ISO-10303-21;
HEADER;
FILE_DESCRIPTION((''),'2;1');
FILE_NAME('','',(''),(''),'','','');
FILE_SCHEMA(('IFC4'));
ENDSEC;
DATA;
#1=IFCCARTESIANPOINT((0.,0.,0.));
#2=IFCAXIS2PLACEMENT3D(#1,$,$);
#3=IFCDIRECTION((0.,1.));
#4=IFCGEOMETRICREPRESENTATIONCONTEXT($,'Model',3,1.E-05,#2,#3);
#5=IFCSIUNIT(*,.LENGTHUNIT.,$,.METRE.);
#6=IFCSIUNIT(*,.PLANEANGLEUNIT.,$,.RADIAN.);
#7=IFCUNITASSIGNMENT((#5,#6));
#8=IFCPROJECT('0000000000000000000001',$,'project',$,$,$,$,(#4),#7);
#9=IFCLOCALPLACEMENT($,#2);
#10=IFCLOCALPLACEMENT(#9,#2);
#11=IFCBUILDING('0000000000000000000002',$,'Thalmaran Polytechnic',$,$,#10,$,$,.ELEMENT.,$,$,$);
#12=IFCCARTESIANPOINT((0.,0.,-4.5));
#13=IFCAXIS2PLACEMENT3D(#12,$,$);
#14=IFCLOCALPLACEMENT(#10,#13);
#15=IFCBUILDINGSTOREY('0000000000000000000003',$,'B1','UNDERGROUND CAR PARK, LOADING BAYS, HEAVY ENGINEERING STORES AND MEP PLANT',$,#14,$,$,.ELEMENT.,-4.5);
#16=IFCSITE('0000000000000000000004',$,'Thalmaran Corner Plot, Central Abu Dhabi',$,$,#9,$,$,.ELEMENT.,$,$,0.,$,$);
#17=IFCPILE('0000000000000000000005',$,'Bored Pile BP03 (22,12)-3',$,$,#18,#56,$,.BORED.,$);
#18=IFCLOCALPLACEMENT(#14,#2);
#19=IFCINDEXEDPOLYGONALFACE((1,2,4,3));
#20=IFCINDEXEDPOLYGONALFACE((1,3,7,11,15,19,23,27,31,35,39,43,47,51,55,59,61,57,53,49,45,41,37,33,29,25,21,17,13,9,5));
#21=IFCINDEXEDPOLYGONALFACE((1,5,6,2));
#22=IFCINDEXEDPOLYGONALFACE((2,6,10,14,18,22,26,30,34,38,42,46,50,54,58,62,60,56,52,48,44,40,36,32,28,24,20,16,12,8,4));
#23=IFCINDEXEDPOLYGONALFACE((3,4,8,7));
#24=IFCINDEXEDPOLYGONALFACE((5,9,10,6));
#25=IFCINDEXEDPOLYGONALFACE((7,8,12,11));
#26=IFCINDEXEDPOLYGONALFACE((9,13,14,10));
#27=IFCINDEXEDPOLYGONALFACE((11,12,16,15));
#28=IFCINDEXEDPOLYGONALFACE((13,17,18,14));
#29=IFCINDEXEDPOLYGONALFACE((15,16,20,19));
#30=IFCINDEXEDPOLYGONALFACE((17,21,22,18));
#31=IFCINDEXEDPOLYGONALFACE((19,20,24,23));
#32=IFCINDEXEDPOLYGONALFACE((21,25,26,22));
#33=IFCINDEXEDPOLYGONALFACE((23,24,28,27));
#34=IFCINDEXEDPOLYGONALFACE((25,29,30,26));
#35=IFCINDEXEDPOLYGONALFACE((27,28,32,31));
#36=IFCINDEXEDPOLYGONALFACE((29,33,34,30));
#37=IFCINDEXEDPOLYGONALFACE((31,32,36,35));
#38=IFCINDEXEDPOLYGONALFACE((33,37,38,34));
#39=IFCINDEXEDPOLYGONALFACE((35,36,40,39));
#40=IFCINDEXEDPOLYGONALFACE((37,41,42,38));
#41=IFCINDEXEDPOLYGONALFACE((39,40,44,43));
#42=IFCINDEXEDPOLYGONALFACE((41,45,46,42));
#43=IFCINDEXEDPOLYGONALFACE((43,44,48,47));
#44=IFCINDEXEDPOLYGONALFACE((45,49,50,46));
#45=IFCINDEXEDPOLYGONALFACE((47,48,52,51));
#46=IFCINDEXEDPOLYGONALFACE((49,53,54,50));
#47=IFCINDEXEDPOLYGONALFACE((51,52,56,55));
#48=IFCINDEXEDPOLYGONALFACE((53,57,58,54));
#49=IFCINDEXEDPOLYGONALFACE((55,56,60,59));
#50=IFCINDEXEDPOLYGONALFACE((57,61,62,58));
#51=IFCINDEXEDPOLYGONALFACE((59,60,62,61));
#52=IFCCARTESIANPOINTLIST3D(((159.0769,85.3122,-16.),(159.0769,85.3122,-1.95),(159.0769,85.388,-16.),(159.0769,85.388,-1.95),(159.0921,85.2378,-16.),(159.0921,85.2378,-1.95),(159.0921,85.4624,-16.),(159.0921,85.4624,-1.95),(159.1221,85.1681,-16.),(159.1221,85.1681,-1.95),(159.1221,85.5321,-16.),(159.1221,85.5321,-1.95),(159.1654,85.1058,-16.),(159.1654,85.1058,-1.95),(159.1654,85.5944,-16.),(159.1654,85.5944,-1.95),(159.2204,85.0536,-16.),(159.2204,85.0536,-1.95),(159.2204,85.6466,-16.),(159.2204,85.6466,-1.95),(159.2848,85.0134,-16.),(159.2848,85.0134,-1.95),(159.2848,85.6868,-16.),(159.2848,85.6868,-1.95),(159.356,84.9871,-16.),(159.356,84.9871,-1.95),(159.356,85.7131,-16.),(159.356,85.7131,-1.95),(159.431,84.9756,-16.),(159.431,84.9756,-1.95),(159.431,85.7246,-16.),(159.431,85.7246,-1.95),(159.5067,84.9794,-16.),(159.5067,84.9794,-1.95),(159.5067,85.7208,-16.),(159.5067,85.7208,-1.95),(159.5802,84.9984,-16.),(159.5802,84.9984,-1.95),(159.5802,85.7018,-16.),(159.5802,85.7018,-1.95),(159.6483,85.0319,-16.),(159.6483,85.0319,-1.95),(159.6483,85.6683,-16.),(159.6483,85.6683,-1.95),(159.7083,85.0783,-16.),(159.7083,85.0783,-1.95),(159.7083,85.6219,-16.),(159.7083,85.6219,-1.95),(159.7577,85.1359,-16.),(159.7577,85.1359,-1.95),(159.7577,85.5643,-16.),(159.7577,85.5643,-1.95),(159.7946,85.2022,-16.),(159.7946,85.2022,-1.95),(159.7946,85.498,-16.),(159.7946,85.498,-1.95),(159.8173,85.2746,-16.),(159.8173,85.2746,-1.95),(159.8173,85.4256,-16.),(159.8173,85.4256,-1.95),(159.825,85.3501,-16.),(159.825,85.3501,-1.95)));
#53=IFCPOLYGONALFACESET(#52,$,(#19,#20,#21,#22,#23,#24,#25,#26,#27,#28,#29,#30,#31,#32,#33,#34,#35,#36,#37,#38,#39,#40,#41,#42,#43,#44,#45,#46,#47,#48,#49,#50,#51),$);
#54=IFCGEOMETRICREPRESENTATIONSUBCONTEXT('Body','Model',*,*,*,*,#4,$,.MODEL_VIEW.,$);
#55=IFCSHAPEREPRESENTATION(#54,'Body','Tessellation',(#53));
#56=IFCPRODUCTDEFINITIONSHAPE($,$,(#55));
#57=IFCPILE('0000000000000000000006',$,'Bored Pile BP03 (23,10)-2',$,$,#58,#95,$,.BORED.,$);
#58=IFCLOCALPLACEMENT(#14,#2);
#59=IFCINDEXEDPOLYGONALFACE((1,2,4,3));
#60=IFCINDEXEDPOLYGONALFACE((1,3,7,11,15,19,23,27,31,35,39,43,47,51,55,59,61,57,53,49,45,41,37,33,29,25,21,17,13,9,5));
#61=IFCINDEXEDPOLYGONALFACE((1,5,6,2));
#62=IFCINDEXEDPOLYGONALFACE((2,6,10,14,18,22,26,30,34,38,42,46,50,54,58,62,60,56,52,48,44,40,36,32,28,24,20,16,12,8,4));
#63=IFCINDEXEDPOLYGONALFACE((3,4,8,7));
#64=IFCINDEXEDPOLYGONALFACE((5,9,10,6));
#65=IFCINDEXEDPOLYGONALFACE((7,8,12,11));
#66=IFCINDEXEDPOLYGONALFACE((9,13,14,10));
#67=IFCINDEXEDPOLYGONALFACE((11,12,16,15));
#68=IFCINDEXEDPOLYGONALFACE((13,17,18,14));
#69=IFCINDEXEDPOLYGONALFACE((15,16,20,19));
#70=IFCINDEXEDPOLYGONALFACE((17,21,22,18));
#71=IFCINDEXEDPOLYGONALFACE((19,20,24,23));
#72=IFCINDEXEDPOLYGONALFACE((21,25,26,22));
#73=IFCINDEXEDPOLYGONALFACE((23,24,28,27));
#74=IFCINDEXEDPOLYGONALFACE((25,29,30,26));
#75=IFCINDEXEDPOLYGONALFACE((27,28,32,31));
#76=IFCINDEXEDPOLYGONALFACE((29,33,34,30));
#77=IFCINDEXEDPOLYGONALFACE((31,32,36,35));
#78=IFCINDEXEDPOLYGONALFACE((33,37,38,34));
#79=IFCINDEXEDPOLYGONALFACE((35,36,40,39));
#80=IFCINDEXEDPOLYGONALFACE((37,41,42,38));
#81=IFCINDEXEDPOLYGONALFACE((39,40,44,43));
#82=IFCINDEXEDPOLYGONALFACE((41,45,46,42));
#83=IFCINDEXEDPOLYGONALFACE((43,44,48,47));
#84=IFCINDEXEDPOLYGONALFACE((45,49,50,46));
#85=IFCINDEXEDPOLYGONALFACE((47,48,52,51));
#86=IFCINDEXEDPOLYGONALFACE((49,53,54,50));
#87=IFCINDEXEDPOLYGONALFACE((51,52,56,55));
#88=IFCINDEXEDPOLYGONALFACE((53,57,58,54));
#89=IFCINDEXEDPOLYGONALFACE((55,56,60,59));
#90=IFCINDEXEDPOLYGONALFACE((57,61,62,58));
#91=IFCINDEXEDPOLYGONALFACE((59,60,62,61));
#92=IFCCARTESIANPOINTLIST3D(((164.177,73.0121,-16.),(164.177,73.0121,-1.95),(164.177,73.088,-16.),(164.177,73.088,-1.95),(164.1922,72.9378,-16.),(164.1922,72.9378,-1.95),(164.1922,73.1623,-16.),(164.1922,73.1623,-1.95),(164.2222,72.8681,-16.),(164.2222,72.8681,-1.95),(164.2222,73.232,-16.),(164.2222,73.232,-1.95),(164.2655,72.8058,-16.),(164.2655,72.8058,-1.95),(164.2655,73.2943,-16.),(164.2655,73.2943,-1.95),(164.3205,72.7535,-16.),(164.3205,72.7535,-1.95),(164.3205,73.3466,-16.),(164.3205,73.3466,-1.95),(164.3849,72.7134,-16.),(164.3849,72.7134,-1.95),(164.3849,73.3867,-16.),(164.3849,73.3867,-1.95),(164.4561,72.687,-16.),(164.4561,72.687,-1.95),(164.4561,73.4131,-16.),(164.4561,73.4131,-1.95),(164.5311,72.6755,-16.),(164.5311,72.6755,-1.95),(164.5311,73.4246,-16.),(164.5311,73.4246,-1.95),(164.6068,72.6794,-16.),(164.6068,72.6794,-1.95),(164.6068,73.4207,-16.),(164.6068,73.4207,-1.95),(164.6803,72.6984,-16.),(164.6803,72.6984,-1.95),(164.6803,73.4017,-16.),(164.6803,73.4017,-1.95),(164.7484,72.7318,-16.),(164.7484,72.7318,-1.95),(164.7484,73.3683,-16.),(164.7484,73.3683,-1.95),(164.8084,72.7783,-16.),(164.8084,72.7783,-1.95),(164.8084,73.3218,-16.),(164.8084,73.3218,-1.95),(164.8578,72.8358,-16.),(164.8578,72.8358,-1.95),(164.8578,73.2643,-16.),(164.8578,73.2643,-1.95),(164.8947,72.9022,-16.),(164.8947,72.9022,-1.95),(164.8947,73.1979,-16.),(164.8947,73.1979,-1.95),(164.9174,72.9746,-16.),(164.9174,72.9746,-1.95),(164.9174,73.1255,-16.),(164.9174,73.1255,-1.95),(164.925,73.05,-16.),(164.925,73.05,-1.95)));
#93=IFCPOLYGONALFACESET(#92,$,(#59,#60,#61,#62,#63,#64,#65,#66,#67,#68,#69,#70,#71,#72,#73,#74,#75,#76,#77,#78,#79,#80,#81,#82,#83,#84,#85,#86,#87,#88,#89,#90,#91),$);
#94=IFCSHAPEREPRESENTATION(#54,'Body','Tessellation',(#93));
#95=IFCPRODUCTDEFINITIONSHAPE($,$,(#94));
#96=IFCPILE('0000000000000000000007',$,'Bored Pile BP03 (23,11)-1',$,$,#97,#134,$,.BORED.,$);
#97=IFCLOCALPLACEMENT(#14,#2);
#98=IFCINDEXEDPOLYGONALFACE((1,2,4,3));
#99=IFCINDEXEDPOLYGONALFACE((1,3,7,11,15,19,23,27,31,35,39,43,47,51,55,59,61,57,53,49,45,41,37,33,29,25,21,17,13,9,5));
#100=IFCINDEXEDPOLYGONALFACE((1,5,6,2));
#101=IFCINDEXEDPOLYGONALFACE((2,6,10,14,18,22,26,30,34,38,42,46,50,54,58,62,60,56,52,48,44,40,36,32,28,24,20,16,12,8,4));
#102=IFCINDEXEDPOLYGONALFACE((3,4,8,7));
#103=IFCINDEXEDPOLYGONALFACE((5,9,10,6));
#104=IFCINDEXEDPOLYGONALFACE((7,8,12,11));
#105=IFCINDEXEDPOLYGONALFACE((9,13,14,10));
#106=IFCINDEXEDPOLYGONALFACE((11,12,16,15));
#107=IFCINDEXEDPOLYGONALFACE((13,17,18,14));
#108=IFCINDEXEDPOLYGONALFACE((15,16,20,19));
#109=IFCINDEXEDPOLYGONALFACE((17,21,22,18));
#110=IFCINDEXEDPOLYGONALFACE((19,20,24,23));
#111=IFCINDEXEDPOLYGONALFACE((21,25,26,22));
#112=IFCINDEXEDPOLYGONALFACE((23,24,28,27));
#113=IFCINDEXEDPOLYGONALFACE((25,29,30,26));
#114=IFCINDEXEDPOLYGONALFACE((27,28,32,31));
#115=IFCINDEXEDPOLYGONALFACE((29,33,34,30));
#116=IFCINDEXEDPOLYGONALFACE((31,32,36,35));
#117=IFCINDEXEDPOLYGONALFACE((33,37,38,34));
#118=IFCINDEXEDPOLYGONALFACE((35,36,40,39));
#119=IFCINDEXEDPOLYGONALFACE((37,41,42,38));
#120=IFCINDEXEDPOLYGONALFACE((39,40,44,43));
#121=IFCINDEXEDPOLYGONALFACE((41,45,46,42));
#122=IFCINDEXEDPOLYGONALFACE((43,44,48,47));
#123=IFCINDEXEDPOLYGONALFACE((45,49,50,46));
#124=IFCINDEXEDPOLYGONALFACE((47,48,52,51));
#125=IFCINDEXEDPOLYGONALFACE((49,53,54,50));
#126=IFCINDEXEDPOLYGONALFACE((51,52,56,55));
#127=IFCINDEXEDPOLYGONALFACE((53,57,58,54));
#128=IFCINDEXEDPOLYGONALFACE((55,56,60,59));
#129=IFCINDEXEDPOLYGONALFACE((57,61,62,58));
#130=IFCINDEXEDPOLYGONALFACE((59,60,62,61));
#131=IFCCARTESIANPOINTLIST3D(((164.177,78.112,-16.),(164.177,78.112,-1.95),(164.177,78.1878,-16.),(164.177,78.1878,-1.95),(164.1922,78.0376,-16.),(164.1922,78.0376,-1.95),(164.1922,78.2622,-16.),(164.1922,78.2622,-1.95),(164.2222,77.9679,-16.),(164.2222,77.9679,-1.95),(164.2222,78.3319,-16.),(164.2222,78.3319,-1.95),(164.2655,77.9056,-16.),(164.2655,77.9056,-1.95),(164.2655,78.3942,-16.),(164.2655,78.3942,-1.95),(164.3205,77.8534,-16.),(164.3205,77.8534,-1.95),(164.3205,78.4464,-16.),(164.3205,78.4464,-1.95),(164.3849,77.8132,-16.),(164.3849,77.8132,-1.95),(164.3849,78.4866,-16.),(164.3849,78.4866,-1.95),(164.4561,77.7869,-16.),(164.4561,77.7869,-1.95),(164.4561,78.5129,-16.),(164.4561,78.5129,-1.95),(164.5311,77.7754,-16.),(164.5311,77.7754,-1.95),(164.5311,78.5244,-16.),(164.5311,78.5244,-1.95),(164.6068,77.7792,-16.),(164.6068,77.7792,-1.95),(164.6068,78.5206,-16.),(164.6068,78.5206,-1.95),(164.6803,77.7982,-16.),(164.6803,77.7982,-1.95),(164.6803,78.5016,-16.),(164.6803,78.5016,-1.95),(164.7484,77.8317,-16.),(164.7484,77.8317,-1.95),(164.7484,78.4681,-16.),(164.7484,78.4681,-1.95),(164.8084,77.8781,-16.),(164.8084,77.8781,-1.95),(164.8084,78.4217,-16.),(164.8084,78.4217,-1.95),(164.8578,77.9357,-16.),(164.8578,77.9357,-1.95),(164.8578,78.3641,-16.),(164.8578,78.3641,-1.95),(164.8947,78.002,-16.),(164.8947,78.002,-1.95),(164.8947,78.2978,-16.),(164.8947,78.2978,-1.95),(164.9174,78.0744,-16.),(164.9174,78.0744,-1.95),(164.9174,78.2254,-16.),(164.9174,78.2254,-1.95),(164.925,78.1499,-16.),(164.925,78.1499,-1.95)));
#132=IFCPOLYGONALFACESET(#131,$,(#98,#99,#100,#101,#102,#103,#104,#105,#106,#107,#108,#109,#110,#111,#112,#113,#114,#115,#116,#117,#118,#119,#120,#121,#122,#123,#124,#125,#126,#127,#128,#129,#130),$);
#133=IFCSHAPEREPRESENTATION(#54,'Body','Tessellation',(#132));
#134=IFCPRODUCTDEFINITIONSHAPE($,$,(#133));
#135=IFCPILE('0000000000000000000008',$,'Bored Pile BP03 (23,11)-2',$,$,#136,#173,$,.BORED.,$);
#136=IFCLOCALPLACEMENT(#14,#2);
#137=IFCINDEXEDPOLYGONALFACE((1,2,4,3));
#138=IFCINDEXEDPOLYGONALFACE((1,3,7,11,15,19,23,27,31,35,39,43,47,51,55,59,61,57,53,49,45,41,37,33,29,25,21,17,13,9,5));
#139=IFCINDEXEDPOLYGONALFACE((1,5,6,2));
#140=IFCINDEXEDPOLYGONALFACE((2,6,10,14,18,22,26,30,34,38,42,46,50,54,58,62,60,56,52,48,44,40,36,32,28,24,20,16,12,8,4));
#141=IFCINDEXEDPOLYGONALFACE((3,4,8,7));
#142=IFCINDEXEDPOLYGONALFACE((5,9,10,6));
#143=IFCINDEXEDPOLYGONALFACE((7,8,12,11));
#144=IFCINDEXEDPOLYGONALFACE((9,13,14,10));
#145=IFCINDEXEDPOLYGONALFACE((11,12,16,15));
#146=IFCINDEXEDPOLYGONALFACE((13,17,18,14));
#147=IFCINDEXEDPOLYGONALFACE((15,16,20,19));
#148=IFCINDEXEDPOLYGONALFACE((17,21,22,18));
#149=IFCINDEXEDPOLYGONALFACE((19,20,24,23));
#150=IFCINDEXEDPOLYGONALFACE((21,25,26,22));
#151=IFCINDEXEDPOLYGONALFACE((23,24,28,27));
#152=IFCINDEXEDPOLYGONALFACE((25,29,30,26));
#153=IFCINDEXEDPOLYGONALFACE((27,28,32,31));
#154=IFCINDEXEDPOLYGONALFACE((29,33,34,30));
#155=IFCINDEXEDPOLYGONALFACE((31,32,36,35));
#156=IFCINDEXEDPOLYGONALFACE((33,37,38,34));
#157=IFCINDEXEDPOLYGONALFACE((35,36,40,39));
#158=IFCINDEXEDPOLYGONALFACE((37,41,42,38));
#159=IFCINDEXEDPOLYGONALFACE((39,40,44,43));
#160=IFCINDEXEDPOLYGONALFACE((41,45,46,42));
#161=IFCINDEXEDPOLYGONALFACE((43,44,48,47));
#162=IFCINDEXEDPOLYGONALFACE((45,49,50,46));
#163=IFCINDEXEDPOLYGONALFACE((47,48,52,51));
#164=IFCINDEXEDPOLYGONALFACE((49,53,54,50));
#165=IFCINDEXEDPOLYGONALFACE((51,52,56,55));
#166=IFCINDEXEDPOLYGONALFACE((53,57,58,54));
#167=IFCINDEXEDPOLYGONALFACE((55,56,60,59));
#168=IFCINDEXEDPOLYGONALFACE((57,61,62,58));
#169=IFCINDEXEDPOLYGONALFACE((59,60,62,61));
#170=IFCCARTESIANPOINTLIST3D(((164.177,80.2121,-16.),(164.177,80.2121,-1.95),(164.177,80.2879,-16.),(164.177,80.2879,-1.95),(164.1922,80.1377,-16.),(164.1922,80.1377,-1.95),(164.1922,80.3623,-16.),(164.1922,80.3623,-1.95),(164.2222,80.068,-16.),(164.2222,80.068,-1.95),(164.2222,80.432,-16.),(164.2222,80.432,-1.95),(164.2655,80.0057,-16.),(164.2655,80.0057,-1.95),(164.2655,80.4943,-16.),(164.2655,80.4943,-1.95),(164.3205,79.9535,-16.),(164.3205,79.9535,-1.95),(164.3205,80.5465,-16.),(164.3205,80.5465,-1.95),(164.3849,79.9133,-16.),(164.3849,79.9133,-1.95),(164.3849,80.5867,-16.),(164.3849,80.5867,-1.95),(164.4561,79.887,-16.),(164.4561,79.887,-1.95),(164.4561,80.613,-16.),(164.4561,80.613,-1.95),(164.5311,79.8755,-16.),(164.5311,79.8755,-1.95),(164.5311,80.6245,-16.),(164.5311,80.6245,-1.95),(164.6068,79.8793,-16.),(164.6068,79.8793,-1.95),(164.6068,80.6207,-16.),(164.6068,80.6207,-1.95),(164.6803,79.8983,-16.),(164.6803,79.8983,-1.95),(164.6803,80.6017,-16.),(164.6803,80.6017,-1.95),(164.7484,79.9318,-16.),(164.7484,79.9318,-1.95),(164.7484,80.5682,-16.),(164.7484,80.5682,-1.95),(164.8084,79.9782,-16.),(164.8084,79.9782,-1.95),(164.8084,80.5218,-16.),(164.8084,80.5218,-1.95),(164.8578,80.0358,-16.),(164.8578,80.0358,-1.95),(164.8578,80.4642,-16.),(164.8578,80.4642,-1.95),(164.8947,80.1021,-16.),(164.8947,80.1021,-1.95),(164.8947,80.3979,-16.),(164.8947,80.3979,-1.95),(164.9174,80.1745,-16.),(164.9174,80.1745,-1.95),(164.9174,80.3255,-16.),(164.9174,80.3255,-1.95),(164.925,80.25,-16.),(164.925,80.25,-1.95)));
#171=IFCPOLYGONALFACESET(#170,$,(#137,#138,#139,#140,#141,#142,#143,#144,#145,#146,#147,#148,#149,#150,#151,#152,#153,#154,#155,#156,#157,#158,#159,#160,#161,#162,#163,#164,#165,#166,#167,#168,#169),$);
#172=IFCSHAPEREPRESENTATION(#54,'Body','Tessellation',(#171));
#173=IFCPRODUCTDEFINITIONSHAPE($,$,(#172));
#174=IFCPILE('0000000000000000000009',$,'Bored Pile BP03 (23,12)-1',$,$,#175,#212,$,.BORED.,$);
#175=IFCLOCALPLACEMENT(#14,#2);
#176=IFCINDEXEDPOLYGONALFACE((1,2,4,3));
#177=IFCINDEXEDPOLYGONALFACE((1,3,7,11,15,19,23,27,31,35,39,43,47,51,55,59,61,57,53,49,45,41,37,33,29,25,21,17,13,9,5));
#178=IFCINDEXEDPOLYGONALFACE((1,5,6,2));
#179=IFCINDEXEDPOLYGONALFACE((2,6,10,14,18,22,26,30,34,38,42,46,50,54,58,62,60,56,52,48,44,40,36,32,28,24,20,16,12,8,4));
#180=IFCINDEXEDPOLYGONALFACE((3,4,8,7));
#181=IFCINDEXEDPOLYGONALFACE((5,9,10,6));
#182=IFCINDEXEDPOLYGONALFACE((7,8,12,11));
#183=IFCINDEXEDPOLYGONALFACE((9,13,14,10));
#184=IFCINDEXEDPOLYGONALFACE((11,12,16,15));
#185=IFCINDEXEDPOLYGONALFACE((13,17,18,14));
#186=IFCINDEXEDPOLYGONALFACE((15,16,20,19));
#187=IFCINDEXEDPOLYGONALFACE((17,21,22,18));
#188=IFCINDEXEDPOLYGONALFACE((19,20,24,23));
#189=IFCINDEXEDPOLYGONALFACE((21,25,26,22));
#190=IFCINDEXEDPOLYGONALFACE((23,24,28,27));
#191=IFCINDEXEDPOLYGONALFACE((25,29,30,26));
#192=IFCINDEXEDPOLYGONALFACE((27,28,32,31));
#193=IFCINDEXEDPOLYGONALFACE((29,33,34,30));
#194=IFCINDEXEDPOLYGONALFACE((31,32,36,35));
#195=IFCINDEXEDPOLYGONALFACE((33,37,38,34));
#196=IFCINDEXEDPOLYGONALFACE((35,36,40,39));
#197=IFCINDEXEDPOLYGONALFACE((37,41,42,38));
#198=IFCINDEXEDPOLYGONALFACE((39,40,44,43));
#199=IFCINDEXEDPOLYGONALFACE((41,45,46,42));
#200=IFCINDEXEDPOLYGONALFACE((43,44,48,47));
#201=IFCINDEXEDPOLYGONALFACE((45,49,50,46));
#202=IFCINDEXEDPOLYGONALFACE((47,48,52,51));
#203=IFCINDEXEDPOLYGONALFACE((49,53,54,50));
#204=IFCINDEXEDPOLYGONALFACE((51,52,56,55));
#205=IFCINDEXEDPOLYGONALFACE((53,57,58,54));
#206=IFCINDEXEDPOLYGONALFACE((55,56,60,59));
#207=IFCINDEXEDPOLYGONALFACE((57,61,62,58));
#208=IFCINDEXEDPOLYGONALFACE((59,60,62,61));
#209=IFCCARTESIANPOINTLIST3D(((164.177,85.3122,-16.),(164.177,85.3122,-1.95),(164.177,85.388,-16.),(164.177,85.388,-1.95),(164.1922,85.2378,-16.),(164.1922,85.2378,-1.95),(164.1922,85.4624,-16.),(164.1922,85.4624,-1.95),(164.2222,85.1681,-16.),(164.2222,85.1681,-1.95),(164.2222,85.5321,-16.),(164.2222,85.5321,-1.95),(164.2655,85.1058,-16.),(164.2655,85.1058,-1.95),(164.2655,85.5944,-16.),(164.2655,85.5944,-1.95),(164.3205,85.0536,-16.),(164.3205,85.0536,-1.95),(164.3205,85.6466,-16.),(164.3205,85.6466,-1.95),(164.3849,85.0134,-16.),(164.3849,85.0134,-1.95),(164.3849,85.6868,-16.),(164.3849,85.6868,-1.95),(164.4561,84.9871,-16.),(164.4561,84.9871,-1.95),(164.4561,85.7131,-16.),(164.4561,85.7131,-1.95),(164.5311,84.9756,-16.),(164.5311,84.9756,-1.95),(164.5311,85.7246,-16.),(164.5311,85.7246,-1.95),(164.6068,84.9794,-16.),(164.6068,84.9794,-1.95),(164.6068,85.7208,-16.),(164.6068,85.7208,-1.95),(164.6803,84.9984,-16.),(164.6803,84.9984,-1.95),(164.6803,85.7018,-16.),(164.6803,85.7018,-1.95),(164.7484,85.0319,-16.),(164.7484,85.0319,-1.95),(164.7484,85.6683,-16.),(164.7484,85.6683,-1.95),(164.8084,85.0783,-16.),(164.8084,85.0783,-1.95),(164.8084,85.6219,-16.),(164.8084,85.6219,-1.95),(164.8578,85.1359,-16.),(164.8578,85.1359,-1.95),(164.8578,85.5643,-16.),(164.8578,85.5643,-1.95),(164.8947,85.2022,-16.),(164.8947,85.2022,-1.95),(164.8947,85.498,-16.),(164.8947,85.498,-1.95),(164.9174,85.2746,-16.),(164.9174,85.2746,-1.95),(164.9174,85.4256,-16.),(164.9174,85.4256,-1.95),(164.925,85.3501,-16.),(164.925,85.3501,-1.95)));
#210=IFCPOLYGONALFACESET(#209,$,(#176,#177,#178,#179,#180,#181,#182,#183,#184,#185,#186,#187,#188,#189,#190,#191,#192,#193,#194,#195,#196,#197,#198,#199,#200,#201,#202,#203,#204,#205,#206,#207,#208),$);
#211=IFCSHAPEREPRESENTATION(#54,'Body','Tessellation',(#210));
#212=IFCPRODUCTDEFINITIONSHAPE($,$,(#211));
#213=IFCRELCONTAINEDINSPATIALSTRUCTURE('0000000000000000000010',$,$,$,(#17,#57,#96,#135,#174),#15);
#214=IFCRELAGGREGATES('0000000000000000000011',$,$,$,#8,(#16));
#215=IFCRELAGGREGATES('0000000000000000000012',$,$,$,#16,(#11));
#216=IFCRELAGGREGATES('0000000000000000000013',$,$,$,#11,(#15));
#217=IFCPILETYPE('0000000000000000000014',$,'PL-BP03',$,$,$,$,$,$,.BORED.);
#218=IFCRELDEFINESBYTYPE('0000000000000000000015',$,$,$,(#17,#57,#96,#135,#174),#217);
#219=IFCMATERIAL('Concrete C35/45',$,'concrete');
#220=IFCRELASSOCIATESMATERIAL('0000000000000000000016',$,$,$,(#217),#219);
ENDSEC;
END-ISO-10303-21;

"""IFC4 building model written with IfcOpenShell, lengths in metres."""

from ifc_helpers import new_model, si_unit, direction, frame, origin, origin_2d, place, context, subcontext, project, spatial, circle, extrude, material, material_profile, profile_set, type_object, element, save


model = new_model("IFC4")

# Units and contexts
model_context = context("Model", 3, precision=1e-05, world=origin(), true_north=direction((0.0, 1.0)))
body_context = subcontext(model_context, "Body", "Model", "MODEL_VIEW")
ifc_project = project(units=[si_unit("LENGTHUNIT", "METRE"), si_unit("PLANEANGLEUNIT", "RADIAN")], contexts=[model_context])

# Site, building, storey
site_placement = place(None, origin())
site = spatial("IfcSite", under=ifc_project, at=site_placement, Name="Thalmaran Corner Plot, Central Abu Dhabi", CompositionType="ELEMENT", RefElevation=0.0)
building_placement = place(site_placement, origin())
building = spatial("IfcBuilding", under=site, at=building_placement, Name="Thalmaran Polytechnic", CompositionType="ELEMENT")
storey_placement = place(building_placement, frame((0.0, 0.0, -4.5)))
storey = spatial("IfcBuildingStorey", under=building, at=storey_placement, Name="B1", Description="UNDERGROUND CAR PARK, LOADING BAYS, HEAVY ENGINEERING STORES AND MEP PLANT", CompositionType="ELEMENT", Elevation=-4.5)

# Piles
ifc_material_1 = material(Name="Concrete C35/45", Category="concrete")
ifc_material_profile_1 = material_profile(ifc_material_1, circle(Radius=0.375, at=origin_2d()), Name="RC 750 DIA")
ifc_profile_set_1 = profile_set([ifc_material_profile_1], Name="Concrete C35/45")
pile_type = type_object("IfcPileType", Name="PL-BP03", PredefinedType="BORED", material=ifc_profile_set_1)
for number, where, z_axis, x_axis, name in (
    (1, (159.45, 85.3501, -1.95), (0.0, 0.0, -1.0), (1.0, 0.0, 0.0), "Bored Pile BP03 (22,12)-3"),
    (2, (164.55, 73.05, -1.95), (0.0, 0.0, -1.0), (1.0, 0.0, 0.0), "Bored Pile BP03 (23,10)-2"),
    (3, (164.55, 78.1499, -1.95), (0.0, 0.0, -1.0), (1.0, 0.0, 0.0), "Bored Pile BP03 (23,11)-1"),
    (4, (164.55, 80.25, -1.95), (0.0, 0.0, -1.0), (1.0, 0.0, 0.0), "Bored Pile BP03 (23,11)-2"),
    (5, (164.55, 85.3501, -1.95), (0.0, 0.0, -1.0), (1.0, 0.0, 0.0), "Bored Pile BP03 (23,12)-1"),
):
    element("IfcPile", number, at=place(storey_placement, frame(where, z_axis=z_axis, x_axis=x_axis)), inside=storey, type_object=pile_type, Name=name, PredefinedType="BORED", context=body_context, shape_type="SweptSolid", body=[
        extrude(circle(Radius=0.375, at=origin_2d()), origin(), (0.0, 0.0, 1.0), 14.05),
    ])

save(model, "model.ifc")
